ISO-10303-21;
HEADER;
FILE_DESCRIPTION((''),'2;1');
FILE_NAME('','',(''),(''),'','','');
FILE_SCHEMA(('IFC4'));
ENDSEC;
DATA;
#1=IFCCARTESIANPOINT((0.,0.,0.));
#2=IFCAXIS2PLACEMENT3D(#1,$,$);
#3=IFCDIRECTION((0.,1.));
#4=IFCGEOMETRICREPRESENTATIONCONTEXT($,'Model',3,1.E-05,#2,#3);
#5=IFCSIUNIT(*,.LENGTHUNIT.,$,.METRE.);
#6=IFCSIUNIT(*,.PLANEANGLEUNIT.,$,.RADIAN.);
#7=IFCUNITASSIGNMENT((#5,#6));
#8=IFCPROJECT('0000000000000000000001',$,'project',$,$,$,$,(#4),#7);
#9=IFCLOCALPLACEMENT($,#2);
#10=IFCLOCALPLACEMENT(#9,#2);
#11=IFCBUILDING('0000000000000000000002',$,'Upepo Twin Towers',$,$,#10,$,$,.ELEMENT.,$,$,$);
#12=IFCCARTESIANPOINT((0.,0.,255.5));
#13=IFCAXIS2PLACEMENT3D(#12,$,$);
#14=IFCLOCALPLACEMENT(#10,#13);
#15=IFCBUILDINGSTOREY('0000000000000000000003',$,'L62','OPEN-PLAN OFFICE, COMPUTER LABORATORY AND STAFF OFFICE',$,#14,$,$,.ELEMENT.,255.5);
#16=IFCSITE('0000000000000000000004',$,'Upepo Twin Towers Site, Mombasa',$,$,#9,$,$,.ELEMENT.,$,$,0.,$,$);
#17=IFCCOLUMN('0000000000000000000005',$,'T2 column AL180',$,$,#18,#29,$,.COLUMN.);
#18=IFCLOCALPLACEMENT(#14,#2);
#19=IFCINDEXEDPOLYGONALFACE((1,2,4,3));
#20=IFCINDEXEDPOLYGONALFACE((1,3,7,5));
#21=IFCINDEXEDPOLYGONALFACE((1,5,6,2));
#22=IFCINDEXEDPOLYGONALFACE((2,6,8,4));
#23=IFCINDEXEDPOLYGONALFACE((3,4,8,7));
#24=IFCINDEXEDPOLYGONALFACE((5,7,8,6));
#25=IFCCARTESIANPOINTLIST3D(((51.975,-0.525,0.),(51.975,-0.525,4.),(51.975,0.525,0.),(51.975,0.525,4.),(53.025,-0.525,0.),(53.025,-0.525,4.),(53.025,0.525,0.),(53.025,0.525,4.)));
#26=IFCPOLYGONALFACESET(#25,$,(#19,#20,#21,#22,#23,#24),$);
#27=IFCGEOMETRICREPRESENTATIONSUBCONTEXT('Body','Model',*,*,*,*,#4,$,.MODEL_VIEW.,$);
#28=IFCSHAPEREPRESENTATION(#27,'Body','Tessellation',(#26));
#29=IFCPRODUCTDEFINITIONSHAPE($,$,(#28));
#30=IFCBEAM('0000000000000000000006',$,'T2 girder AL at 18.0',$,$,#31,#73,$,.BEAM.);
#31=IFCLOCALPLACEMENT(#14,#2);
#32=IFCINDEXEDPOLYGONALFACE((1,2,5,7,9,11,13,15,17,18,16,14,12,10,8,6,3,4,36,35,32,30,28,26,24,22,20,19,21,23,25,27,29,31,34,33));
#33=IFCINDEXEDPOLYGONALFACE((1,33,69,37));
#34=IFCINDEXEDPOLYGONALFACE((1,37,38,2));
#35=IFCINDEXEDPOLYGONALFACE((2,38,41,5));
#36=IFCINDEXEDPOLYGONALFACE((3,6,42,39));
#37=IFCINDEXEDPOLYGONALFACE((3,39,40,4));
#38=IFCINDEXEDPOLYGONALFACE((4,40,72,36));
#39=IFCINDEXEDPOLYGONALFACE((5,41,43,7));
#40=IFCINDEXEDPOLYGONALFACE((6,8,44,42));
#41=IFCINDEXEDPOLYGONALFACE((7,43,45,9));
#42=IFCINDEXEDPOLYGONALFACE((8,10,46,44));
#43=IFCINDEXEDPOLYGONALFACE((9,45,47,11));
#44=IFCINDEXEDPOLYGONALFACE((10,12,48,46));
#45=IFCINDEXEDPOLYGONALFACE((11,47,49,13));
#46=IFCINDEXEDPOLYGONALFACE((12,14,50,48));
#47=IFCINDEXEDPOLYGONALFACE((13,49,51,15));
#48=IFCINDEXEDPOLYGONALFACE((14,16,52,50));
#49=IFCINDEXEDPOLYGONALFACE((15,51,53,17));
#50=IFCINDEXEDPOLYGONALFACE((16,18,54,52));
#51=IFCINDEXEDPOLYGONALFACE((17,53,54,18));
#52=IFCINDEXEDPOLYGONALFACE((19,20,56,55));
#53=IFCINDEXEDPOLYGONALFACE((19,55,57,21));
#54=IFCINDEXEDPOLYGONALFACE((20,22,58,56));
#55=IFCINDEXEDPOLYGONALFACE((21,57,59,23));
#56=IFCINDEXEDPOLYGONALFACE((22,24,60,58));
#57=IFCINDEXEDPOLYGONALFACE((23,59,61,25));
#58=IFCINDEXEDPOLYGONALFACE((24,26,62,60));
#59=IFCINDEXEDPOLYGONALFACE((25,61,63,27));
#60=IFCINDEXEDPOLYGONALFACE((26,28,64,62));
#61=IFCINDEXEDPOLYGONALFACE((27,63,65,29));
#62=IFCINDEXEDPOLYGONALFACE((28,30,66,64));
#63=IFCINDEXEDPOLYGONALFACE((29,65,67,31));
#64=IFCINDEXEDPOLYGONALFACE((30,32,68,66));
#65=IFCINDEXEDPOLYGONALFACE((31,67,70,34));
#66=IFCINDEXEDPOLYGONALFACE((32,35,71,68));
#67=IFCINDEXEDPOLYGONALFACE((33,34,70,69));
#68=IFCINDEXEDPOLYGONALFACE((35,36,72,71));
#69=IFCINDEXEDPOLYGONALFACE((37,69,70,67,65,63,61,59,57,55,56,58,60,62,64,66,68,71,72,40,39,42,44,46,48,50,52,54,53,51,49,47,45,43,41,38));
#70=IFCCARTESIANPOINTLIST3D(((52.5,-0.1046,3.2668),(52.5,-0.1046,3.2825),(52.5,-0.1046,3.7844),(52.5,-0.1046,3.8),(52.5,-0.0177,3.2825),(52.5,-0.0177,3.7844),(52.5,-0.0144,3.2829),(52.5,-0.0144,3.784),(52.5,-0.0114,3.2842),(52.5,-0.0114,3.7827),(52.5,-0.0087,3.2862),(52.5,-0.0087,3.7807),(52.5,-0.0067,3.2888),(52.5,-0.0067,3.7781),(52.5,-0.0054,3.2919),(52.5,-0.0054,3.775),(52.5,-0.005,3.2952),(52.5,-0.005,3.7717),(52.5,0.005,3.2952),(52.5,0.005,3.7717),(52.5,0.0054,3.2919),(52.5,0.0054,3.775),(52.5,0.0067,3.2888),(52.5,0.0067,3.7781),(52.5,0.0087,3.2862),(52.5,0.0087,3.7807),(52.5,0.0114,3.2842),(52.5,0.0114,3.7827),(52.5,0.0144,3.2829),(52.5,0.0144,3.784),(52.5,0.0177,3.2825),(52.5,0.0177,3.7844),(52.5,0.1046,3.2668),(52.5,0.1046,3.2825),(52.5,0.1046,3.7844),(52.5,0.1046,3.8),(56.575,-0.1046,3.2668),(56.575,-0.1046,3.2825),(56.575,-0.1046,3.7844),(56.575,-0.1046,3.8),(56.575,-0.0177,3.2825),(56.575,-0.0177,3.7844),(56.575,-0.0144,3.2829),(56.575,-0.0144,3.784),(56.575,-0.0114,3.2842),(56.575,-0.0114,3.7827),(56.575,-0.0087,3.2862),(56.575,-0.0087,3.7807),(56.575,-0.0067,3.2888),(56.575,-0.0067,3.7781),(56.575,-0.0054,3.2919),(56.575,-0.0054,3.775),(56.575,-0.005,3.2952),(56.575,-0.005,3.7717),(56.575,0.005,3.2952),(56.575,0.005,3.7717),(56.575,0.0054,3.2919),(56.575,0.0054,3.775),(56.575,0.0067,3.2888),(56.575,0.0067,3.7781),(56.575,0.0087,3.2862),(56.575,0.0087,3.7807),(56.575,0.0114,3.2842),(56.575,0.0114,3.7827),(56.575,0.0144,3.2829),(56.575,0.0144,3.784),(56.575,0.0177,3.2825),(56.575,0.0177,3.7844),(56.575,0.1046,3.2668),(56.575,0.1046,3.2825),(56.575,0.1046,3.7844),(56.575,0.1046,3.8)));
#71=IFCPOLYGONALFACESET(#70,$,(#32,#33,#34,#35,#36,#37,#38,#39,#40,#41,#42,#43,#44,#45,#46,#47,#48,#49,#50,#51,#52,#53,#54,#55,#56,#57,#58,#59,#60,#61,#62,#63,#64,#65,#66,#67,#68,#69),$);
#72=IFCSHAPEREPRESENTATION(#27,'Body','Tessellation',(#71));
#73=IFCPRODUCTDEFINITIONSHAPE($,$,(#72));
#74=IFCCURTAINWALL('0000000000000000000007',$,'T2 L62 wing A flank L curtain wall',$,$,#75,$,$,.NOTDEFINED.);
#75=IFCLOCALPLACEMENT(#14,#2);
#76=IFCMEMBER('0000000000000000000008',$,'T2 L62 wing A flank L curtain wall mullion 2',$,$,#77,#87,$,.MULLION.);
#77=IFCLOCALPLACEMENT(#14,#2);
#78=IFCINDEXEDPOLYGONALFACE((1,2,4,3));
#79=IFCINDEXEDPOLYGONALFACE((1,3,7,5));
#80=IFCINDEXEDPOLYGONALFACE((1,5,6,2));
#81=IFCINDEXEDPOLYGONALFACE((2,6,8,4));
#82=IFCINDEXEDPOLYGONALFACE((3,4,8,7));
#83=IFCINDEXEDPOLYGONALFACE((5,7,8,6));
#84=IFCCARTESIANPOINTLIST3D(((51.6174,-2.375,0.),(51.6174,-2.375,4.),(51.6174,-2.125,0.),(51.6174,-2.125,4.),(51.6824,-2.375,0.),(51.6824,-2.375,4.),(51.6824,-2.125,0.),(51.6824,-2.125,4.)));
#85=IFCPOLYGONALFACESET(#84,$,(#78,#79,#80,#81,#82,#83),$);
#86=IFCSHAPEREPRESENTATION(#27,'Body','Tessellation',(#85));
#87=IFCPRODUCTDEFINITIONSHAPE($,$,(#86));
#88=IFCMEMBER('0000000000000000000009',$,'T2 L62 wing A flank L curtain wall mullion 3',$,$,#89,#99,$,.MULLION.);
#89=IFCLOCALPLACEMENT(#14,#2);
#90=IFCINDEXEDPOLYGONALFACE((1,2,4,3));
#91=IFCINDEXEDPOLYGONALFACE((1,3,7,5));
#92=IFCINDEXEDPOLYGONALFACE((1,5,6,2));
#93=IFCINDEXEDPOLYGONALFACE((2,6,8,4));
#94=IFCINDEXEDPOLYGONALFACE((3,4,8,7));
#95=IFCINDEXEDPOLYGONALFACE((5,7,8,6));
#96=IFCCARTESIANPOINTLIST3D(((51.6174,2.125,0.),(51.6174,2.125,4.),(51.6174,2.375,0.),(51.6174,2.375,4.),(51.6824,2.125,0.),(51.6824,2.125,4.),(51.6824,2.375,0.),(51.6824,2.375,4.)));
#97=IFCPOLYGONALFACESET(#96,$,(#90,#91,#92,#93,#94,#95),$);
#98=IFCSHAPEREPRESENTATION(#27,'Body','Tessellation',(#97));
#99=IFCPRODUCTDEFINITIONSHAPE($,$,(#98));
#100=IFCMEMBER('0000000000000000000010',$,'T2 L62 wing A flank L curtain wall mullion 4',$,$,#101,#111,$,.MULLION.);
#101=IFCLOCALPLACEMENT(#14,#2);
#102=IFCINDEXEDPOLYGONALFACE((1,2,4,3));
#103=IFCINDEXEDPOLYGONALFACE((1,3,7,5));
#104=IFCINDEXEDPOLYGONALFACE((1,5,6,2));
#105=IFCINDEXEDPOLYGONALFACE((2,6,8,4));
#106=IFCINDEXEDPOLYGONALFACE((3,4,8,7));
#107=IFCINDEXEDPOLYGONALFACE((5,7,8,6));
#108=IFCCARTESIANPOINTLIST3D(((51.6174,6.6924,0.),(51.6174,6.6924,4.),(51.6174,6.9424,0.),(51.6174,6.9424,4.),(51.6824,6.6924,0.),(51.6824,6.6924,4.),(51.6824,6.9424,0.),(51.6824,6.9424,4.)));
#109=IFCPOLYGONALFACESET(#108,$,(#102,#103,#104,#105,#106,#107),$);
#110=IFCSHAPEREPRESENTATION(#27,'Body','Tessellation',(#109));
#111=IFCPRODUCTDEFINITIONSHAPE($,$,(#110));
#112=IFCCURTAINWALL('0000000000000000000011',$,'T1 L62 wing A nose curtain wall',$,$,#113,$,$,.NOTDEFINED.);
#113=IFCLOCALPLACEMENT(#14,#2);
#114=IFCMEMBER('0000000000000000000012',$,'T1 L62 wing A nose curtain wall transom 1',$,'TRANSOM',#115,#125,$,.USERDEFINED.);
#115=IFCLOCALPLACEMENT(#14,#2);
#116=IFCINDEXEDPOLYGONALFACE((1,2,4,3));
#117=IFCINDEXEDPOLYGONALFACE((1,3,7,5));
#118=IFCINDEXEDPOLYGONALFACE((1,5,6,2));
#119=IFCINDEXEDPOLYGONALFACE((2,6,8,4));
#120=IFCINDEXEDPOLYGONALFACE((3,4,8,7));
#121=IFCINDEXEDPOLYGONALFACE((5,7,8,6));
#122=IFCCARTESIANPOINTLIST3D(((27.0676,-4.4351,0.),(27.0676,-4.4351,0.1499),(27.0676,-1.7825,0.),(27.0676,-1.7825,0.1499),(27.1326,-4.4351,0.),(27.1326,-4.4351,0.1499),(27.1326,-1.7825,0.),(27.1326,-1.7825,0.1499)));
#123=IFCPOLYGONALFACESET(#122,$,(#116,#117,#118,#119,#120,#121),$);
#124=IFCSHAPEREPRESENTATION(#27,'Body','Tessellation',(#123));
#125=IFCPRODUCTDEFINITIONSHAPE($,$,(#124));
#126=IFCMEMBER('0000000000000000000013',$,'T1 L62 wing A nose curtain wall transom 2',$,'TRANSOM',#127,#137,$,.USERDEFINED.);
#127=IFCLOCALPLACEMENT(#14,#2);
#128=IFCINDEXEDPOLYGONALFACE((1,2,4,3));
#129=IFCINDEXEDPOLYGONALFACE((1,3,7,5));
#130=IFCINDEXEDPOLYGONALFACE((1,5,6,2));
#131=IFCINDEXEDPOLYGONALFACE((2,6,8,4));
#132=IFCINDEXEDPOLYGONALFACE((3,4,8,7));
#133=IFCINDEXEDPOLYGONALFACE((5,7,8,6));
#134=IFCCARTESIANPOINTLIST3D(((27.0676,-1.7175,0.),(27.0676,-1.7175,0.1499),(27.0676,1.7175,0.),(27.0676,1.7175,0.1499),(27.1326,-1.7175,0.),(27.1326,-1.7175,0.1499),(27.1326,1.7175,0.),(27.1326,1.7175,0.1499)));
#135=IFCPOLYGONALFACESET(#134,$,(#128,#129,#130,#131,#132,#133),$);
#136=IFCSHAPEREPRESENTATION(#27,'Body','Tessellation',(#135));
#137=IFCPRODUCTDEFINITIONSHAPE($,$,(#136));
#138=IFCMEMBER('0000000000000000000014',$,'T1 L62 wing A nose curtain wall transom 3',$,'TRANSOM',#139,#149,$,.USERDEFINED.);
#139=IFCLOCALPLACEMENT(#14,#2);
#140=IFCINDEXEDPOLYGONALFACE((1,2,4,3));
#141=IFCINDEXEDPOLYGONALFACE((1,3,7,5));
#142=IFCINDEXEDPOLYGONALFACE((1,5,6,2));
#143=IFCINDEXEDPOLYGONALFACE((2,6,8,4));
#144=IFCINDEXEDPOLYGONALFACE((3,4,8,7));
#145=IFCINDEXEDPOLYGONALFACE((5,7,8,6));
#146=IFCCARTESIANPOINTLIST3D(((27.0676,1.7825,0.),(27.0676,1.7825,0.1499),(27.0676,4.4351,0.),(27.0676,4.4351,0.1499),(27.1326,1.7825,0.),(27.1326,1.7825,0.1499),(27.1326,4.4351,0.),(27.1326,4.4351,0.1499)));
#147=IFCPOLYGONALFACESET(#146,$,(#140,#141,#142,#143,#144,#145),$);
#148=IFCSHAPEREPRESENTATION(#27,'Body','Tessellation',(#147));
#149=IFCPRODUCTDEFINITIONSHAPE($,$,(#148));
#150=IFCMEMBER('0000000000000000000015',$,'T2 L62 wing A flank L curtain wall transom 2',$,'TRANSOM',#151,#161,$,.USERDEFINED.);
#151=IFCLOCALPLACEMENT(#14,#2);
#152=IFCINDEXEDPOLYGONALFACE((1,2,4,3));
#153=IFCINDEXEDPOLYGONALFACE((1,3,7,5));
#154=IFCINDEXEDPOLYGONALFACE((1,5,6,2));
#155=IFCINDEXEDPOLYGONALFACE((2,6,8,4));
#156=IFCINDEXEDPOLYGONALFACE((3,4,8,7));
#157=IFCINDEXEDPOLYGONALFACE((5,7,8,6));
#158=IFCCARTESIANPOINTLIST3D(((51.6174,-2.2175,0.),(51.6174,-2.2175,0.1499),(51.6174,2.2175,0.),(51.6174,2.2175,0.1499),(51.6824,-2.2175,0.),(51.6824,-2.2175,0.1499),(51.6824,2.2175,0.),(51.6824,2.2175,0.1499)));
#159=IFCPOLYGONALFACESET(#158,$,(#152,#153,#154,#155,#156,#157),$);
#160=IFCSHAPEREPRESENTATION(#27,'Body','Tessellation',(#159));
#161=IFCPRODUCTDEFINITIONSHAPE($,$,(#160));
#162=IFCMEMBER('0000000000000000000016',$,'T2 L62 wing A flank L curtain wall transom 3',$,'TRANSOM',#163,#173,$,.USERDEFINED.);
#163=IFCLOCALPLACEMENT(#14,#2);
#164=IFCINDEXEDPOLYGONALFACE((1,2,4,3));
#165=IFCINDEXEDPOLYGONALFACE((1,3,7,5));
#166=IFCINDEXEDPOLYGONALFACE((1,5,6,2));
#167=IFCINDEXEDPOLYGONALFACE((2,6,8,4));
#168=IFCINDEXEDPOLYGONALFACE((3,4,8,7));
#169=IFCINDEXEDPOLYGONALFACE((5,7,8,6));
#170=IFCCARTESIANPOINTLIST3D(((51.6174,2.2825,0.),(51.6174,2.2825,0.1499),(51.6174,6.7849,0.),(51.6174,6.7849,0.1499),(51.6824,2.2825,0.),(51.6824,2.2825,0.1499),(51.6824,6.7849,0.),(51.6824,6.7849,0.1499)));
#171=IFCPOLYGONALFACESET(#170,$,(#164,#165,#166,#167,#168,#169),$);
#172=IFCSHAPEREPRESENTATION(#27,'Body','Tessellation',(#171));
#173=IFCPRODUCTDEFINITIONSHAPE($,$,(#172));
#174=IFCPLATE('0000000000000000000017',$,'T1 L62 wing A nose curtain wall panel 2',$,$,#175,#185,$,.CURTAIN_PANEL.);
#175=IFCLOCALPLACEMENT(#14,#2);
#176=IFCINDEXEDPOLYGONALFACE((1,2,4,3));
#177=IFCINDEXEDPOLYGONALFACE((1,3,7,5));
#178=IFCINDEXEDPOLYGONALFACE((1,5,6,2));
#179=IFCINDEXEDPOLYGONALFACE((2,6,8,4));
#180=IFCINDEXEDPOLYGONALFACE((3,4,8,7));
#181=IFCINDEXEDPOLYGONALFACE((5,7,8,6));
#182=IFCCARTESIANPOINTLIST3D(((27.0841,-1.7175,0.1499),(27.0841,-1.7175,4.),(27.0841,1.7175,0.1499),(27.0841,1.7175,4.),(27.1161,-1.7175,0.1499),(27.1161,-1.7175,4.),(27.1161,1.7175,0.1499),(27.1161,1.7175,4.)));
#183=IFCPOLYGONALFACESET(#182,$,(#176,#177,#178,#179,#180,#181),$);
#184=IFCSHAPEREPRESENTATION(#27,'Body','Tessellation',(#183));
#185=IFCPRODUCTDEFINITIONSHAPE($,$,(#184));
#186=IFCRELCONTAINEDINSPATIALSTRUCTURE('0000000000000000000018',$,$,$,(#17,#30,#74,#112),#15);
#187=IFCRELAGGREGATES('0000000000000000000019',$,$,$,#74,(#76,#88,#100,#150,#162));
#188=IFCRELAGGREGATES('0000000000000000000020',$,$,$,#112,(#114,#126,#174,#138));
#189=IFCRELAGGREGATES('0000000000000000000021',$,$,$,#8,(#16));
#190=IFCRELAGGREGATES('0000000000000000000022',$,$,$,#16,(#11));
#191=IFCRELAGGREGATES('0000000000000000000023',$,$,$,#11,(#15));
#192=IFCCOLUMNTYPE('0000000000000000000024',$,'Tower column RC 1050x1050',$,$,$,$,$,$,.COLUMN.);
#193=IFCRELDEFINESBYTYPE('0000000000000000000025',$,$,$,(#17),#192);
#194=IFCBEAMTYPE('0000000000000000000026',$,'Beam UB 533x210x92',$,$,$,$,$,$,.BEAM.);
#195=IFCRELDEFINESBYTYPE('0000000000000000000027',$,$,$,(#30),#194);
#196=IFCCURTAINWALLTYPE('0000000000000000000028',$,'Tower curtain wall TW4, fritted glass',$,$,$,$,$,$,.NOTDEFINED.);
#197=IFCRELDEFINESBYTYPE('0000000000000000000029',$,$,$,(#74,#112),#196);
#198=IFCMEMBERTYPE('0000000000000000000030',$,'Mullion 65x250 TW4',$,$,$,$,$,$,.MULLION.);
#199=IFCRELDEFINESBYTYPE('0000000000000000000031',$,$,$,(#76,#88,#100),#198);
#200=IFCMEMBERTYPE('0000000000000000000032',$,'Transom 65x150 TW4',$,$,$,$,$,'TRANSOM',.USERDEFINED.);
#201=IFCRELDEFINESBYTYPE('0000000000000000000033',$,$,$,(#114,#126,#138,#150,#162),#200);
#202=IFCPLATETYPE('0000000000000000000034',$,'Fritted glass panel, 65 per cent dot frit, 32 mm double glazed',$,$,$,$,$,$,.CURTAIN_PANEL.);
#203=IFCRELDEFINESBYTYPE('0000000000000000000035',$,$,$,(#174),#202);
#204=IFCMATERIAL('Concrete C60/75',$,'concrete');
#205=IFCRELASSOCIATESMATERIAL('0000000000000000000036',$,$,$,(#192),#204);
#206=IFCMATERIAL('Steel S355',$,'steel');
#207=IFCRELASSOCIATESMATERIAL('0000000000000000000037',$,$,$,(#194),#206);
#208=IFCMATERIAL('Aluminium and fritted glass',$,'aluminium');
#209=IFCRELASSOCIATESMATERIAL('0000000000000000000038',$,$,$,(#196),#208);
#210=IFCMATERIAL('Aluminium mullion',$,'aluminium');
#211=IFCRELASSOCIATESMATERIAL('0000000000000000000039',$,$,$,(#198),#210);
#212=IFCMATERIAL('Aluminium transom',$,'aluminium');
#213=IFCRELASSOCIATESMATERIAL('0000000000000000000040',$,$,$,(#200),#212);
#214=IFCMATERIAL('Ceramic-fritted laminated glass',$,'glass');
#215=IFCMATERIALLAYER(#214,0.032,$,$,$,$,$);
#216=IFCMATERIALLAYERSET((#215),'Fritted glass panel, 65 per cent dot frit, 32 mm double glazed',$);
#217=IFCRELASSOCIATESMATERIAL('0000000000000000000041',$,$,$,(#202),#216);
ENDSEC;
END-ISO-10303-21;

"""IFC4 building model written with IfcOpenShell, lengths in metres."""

from ifc_helpers import new_model, si_unit, direction, frame, origin, origin_2d, place, context, subcontext, project, spatial, rectangle, i_section, extrude, material, layer, layer_set, material_profile, profile_set, type_object, element, aggregate, save


model = new_model("IFC4")

# Units and contexts
model_context = context("Model", 3, precision=1e-05, world=origin(), true_north=direction((0.0, 1.0)))
body_context = subcontext(model_context, "Body", "Model", "MODEL_VIEW")
ifc_project = project(units=[si_unit("LENGTHUNIT", "METRE"), si_unit("PLANEANGLEUNIT", "RADIAN")], contexts=[model_context])

# Site, building, storey
site_placement = place(None, origin())
site = spatial("IfcSite", under=ifc_project, at=site_placement, Name="Upepo Twin Towers Site, Mombasa", CompositionType="ELEMENT", RefElevation=0.0)
building_placement = place(site_placement, origin())
building = spatial("IfcBuilding", under=site, at=building_placement, Name="Upepo Twin Towers", CompositionType="ELEMENT")
storey_placement = place(building_placement, frame((0.0, 0.0, 255.5)))
storey = spatial("IfcBuildingStorey", under=building, at=storey_placement, Name="L62", Description="OPEN-PLAN OFFICE, COMPUTER LABORATORY AND STAFF OFFICE", CompositionType="ELEMENT", Elevation=255.5)

# Column
ifc_material_1 = material(Name="Concrete C60/75", Category="concrete")
ifc_material_profile_1 = material_profile(ifc_material_1, rectangle(XDim=1.05, YDim=1.05, at=origin_2d()), Name="RC 1050x1050")
ifc_profile_set_1 = profile_set([ifc_material_profile_1], Name="Concrete C60/75")
column_type = type_object("IfcColumnType", Name="Tower column RC 1050x1050", PredefinedType="COLUMN", material=ifc_profile_set_1)
column_placement = place(storey_placement, frame((52.5, 0.0, 0.0), z_axis=(0.0, 0.0, 1.0), x_axis=(1.0, 0.0, 0.0)))
element("IfcColumn", 1, at=column_placement, inside=storey, type_object=column_type, Name="T2 column AL180", PredefinedType="COLUMN", context=body_context, shape_type="SweptSolid", body=[
    extrude(rectangle(XDim=1.05, YDim=1.05, at=origin_2d()), origin(), (0.0, 0.0, 1.0), 4.0),
])

# Beam
ifc_material_2 = material(Name="Steel S355", Category="steel")
ifc_material_profile_2 = material_profile(ifc_material_2, i_section(OverallWidth=0.2092, OverallDepth=0.5332, WebThickness=0.01, FlangeThickness=0.0156, FilletRadius=0.0127, at=origin_2d()), Name="UB 533x210x92")
ifc_profile_set_2 = profile_set([ifc_material_profile_2], Name="Steel S355")
beam_type = type_object("IfcBeamType", Name="Beam UB 533x210x92", PredefinedType="BEAM", material=ifc_profile_set_2)
beam_placement = place(storey_placement, frame((52.5, 0.0, 3.5334), z_axis=(1.0, 0.0, 0.0), x_axis=(0.0, 1.0, 0.0)))
element("IfcBeam", 2, at=beam_placement, inside=storey, type_object=beam_type, Name="T2 girder AL at 18.0", PredefinedType="BEAM", context=body_context, shape_type="SweptSolid", body=[
    extrude(i_section(OverallWidth=0.2092, OverallDepth=0.5332, WebThickness=0.01, FlangeThickness=0.0156, FilletRadius=0.0127, at=origin_2d()), origin(), (0.0, 0.0, 1.0), 4.075),
])

# Curtain walls, members
ifc_material_3 = material(Name="Aluminium and fritted glass", Category="aluminium")
curtain_wall_type = type_object("IfcCurtainWallType", Name="Tower curtain wall TW4, fritted glass", PredefinedType="NOTDEFINED", material=ifc_material_3)
curtain_wall_1_placement = place(storey_placement, origin())
curtain_wall_1 = element("IfcCurtainWall", 3, at=curtain_wall_1_placement, inside=storey, type_object=curtain_wall_type, Name="T2 L62 wing A flank L curtain wall", PredefinedType="NOTDEFINED")
ifc_material_4 = material(Name="Aluminium mullion", Category="aluminium")
ifc_material_profile_3 = material_profile(ifc_material_4, rectangle(XDim=0.0649, YDim=0.25, at=origin_2d()), Name="MULLION 65x250")
ifc_profile_set_3 = profile_set([ifc_material_profile_3], Name="Aluminium mullion")
member_type_1 = type_object("IfcMemberType", Name="Mullion 65x250 TW4", PredefinedType="MULLION", material=ifc_profile_set_3)
member_1_placement = place(storey_placement, frame((51.6499, -2.25, 0.0), z_axis=(0.0, 0.0, 1.0), x_axis=(-1.0, 0.0, 0.0)))
member_1 = element("IfcMember", 4, at=member_1_placement, type_object=member_type_1, Name="T2 L62 wing A flank L curtain wall mullion 2", PredefinedType="MULLION", context=body_context, shape_type="SweptSolid", body=[
    extrude(rectangle(XDim=0.0649, YDim=0.25, at=origin_2d()), origin(), (0.0, 0.0, 1.0), 4.0),
])
member_2_placement = place(storey_placement, frame((51.6499, 2.25, 0.0), z_axis=(0.0, 0.0, 1.0), x_axis=(-1.0, 0.0, 0.0)))
member_2 = element("IfcMember", 5, at=member_2_placement, type_object=member_type_1, Name="T2 L62 wing A flank L curtain wall mullion 3", PredefinedType="MULLION", context=body_context, shape_type="SweptSolid", body=[
    extrude(rectangle(XDim=0.0649, YDim=0.25, at=origin_2d()), origin(), (0.0, 0.0, 1.0), 4.0),
])
member_3_placement = place(storey_placement, frame((51.6499, 6.8174, 0.0), z_axis=(0.0, 0.0, 1.0), x_axis=(-1.0, 0.0, 0.0)))
member_3 = element("IfcMember", 6, at=member_3_placement, type_object=member_type_1, Name="T2 L62 wing A flank L curtain wall mullion 4", PredefinedType="MULLION", context=body_context, shape_type="SweptSolid", body=[
    extrude(rectangle(XDim=0.0649, YDim=0.25, at=origin_2d()), origin(), (0.0, 0.0, 1.0), 4.0),
])
curtain_wall_2_placement = place(storey_placement, origin())
curtain_wall_2 = element("IfcCurtainWall", 7, at=curtain_wall_2_placement, inside=storey, type_object=curtain_wall_type, Name="T1 L62 wing A nose curtain wall", PredefinedType="NOTDEFINED")
ifc_material_5 = material(Name="Aluminium transom", Category="aluminium")
ifc_material_profile_4 = material_profile(ifc_material_5, rectangle(XDim=0.0649, YDim=0.1499, at=origin_2d()), Name="TRANSOM 65x150")
ifc_profile_set_4 = profile_set([ifc_material_profile_4], Name="Aluminium transom")
member_type_2 = type_object("IfcMemberType", Name="Transom 65x150 TW4", ElementType="TRANSOM", PredefinedType="USERDEFINED", material=ifc_profile_set_4)
member_4_placement = place(storey_placement, frame((27.1001, -4.4351, 0.075), z_axis=(0.0, 1.0, 0.0), x_axis=(-1.0, 0.0, 0.0)))
member_4 = element("IfcMember", 8, at=member_4_placement, type_object=member_type_2, Name="T1 L62 wing A nose curtain wall transom 1", ObjectType="TRANSOM", PredefinedType="USERDEFINED", context=body_context, shape_type="SweptSolid", body=[
    extrude(rectangle(XDim=0.0649, YDim=0.1499, at=origin_2d()), origin(), (0.0, 0.0, 1.0), 2.6526),
])
member_5_placement = place(storey_placement, frame((27.1001, -1.7175, 0.075), z_axis=(0.0, 1.0, 0.0), x_axis=(-1.0, 0.0, 0.0)))
member_5 = element("IfcMember", 9, at=member_5_placement, type_object=member_type_2, Name="T1 L62 wing A nose curtain wall transom 2", ObjectType="TRANSOM", PredefinedType="USERDEFINED", context=body_context, shape_type="SweptSolid", body=[
    extrude(rectangle(XDim=0.0649, YDim=0.1499, at=origin_2d()), origin(), (0.0, 0.0, 1.0), 3.4351),
])
member_6_placement = place(storey_placement, frame((27.1001, 1.7825, 0.075), z_axis=(0.0, 1.0, 0.0), x_axis=(-1.0, 0.0, 0.0)))
member_6 = element("IfcMember", 10, at=member_6_placement, type_object=member_type_2, Name="T1 L62 wing A nose curtain wall transom 3", ObjectType="TRANSOM", PredefinedType="USERDEFINED", context=body_context, shape_type="SweptSolid", body=[
    extrude(rectangle(XDim=0.0649, YDim=0.1499, at=origin_2d()), origin(), (0.0, 0.0, 1.0), 2.6526),
])

# Members
member_7_placement = place(storey_placement, frame((51.6499, -2.2175, 0.075), z_axis=(0.0, 1.0, 0.0), x_axis=(-1.0, 0.0, 0.0)))
member_7 = element("IfcMember", 11, at=member_7_placement, type_object=member_type_2, Name="T2 L62 wing A flank L curtain wall transom 2", ObjectType="TRANSOM", PredefinedType="USERDEFINED", context=body_context, shape_type="SweptSolid", body=[
    extrude(rectangle(XDim=0.0649, YDim=0.1499, at=origin_2d()), origin(), (0.0, 0.0, 1.0), 4.4351),
])
member_8_placement = place(storey_placement, frame((51.6499, 2.2825, 0.075), z_axis=(0.0, 1.0, 0.0), x_axis=(-1.0, 0.0, 0.0)))
member_8 = element("IfcMember", 12, at=member_8_placement, type_object=member_type_2, Name="T2 L62 wing A flank L curtain wall transom 3", ObjectType="TRANSOM", PredefinedType="USERDEFINED", context=body_context, shape_type="SweptSolid", body=[
    extrude(rectangle(XDim=0.0649, YDim=0.1499, at=origin_2d()), origin(), (0.0, 0.0, 1.0), 4.5024),
])

# Plate
ifc_material_6 = material(Name="Ceramic-fritted laminated glass", Category="glass")
ifc_layer_1 = layer(ifc_material_6, 0.032)
ifc_layer_set_1 = layer_set([ifc_layer_1], Name="Fritted glass panel, 65 per cent dot frit, 32 mm double glazed")
plate_type_1 = type_object("IfcPlateType", Name="Fritted glass panel, 65 per cent dot frit, 32 mm double glazed", PredefinedType="CURTAIN_PANEL", material=ifc_layer_set_1)
plate_1_placement = place(storey_placement, frame((27.1001, 0.0, 0.1499), z_axis=(0.0, 0.0, 1.0), x_axis=(0.0, 1.0, 0.0)))
plate_1 = element("IfcPlate", 13, at=plate_1_placement, type_object=plate_type_1, Name="T1 L62 wing A nose curtain wall panel 2", PredefinedType="CURTAIN_PANEL", context=body_context, shape_type="SweptSolid", body=[
    extrude(rectangle(XDim=3.4351, YDim=0.032, at=origin_2d()), origin(), (0.0, 0.0, 1.0), 3.8501),
])
aggregate(curtain_wall_1, [member_1, member_2, member_3, member_7, member_8])
aggregate(curtain_wall_2, [member_4, member_5, plate_1, member_6])

save(model, "model.ifc")
